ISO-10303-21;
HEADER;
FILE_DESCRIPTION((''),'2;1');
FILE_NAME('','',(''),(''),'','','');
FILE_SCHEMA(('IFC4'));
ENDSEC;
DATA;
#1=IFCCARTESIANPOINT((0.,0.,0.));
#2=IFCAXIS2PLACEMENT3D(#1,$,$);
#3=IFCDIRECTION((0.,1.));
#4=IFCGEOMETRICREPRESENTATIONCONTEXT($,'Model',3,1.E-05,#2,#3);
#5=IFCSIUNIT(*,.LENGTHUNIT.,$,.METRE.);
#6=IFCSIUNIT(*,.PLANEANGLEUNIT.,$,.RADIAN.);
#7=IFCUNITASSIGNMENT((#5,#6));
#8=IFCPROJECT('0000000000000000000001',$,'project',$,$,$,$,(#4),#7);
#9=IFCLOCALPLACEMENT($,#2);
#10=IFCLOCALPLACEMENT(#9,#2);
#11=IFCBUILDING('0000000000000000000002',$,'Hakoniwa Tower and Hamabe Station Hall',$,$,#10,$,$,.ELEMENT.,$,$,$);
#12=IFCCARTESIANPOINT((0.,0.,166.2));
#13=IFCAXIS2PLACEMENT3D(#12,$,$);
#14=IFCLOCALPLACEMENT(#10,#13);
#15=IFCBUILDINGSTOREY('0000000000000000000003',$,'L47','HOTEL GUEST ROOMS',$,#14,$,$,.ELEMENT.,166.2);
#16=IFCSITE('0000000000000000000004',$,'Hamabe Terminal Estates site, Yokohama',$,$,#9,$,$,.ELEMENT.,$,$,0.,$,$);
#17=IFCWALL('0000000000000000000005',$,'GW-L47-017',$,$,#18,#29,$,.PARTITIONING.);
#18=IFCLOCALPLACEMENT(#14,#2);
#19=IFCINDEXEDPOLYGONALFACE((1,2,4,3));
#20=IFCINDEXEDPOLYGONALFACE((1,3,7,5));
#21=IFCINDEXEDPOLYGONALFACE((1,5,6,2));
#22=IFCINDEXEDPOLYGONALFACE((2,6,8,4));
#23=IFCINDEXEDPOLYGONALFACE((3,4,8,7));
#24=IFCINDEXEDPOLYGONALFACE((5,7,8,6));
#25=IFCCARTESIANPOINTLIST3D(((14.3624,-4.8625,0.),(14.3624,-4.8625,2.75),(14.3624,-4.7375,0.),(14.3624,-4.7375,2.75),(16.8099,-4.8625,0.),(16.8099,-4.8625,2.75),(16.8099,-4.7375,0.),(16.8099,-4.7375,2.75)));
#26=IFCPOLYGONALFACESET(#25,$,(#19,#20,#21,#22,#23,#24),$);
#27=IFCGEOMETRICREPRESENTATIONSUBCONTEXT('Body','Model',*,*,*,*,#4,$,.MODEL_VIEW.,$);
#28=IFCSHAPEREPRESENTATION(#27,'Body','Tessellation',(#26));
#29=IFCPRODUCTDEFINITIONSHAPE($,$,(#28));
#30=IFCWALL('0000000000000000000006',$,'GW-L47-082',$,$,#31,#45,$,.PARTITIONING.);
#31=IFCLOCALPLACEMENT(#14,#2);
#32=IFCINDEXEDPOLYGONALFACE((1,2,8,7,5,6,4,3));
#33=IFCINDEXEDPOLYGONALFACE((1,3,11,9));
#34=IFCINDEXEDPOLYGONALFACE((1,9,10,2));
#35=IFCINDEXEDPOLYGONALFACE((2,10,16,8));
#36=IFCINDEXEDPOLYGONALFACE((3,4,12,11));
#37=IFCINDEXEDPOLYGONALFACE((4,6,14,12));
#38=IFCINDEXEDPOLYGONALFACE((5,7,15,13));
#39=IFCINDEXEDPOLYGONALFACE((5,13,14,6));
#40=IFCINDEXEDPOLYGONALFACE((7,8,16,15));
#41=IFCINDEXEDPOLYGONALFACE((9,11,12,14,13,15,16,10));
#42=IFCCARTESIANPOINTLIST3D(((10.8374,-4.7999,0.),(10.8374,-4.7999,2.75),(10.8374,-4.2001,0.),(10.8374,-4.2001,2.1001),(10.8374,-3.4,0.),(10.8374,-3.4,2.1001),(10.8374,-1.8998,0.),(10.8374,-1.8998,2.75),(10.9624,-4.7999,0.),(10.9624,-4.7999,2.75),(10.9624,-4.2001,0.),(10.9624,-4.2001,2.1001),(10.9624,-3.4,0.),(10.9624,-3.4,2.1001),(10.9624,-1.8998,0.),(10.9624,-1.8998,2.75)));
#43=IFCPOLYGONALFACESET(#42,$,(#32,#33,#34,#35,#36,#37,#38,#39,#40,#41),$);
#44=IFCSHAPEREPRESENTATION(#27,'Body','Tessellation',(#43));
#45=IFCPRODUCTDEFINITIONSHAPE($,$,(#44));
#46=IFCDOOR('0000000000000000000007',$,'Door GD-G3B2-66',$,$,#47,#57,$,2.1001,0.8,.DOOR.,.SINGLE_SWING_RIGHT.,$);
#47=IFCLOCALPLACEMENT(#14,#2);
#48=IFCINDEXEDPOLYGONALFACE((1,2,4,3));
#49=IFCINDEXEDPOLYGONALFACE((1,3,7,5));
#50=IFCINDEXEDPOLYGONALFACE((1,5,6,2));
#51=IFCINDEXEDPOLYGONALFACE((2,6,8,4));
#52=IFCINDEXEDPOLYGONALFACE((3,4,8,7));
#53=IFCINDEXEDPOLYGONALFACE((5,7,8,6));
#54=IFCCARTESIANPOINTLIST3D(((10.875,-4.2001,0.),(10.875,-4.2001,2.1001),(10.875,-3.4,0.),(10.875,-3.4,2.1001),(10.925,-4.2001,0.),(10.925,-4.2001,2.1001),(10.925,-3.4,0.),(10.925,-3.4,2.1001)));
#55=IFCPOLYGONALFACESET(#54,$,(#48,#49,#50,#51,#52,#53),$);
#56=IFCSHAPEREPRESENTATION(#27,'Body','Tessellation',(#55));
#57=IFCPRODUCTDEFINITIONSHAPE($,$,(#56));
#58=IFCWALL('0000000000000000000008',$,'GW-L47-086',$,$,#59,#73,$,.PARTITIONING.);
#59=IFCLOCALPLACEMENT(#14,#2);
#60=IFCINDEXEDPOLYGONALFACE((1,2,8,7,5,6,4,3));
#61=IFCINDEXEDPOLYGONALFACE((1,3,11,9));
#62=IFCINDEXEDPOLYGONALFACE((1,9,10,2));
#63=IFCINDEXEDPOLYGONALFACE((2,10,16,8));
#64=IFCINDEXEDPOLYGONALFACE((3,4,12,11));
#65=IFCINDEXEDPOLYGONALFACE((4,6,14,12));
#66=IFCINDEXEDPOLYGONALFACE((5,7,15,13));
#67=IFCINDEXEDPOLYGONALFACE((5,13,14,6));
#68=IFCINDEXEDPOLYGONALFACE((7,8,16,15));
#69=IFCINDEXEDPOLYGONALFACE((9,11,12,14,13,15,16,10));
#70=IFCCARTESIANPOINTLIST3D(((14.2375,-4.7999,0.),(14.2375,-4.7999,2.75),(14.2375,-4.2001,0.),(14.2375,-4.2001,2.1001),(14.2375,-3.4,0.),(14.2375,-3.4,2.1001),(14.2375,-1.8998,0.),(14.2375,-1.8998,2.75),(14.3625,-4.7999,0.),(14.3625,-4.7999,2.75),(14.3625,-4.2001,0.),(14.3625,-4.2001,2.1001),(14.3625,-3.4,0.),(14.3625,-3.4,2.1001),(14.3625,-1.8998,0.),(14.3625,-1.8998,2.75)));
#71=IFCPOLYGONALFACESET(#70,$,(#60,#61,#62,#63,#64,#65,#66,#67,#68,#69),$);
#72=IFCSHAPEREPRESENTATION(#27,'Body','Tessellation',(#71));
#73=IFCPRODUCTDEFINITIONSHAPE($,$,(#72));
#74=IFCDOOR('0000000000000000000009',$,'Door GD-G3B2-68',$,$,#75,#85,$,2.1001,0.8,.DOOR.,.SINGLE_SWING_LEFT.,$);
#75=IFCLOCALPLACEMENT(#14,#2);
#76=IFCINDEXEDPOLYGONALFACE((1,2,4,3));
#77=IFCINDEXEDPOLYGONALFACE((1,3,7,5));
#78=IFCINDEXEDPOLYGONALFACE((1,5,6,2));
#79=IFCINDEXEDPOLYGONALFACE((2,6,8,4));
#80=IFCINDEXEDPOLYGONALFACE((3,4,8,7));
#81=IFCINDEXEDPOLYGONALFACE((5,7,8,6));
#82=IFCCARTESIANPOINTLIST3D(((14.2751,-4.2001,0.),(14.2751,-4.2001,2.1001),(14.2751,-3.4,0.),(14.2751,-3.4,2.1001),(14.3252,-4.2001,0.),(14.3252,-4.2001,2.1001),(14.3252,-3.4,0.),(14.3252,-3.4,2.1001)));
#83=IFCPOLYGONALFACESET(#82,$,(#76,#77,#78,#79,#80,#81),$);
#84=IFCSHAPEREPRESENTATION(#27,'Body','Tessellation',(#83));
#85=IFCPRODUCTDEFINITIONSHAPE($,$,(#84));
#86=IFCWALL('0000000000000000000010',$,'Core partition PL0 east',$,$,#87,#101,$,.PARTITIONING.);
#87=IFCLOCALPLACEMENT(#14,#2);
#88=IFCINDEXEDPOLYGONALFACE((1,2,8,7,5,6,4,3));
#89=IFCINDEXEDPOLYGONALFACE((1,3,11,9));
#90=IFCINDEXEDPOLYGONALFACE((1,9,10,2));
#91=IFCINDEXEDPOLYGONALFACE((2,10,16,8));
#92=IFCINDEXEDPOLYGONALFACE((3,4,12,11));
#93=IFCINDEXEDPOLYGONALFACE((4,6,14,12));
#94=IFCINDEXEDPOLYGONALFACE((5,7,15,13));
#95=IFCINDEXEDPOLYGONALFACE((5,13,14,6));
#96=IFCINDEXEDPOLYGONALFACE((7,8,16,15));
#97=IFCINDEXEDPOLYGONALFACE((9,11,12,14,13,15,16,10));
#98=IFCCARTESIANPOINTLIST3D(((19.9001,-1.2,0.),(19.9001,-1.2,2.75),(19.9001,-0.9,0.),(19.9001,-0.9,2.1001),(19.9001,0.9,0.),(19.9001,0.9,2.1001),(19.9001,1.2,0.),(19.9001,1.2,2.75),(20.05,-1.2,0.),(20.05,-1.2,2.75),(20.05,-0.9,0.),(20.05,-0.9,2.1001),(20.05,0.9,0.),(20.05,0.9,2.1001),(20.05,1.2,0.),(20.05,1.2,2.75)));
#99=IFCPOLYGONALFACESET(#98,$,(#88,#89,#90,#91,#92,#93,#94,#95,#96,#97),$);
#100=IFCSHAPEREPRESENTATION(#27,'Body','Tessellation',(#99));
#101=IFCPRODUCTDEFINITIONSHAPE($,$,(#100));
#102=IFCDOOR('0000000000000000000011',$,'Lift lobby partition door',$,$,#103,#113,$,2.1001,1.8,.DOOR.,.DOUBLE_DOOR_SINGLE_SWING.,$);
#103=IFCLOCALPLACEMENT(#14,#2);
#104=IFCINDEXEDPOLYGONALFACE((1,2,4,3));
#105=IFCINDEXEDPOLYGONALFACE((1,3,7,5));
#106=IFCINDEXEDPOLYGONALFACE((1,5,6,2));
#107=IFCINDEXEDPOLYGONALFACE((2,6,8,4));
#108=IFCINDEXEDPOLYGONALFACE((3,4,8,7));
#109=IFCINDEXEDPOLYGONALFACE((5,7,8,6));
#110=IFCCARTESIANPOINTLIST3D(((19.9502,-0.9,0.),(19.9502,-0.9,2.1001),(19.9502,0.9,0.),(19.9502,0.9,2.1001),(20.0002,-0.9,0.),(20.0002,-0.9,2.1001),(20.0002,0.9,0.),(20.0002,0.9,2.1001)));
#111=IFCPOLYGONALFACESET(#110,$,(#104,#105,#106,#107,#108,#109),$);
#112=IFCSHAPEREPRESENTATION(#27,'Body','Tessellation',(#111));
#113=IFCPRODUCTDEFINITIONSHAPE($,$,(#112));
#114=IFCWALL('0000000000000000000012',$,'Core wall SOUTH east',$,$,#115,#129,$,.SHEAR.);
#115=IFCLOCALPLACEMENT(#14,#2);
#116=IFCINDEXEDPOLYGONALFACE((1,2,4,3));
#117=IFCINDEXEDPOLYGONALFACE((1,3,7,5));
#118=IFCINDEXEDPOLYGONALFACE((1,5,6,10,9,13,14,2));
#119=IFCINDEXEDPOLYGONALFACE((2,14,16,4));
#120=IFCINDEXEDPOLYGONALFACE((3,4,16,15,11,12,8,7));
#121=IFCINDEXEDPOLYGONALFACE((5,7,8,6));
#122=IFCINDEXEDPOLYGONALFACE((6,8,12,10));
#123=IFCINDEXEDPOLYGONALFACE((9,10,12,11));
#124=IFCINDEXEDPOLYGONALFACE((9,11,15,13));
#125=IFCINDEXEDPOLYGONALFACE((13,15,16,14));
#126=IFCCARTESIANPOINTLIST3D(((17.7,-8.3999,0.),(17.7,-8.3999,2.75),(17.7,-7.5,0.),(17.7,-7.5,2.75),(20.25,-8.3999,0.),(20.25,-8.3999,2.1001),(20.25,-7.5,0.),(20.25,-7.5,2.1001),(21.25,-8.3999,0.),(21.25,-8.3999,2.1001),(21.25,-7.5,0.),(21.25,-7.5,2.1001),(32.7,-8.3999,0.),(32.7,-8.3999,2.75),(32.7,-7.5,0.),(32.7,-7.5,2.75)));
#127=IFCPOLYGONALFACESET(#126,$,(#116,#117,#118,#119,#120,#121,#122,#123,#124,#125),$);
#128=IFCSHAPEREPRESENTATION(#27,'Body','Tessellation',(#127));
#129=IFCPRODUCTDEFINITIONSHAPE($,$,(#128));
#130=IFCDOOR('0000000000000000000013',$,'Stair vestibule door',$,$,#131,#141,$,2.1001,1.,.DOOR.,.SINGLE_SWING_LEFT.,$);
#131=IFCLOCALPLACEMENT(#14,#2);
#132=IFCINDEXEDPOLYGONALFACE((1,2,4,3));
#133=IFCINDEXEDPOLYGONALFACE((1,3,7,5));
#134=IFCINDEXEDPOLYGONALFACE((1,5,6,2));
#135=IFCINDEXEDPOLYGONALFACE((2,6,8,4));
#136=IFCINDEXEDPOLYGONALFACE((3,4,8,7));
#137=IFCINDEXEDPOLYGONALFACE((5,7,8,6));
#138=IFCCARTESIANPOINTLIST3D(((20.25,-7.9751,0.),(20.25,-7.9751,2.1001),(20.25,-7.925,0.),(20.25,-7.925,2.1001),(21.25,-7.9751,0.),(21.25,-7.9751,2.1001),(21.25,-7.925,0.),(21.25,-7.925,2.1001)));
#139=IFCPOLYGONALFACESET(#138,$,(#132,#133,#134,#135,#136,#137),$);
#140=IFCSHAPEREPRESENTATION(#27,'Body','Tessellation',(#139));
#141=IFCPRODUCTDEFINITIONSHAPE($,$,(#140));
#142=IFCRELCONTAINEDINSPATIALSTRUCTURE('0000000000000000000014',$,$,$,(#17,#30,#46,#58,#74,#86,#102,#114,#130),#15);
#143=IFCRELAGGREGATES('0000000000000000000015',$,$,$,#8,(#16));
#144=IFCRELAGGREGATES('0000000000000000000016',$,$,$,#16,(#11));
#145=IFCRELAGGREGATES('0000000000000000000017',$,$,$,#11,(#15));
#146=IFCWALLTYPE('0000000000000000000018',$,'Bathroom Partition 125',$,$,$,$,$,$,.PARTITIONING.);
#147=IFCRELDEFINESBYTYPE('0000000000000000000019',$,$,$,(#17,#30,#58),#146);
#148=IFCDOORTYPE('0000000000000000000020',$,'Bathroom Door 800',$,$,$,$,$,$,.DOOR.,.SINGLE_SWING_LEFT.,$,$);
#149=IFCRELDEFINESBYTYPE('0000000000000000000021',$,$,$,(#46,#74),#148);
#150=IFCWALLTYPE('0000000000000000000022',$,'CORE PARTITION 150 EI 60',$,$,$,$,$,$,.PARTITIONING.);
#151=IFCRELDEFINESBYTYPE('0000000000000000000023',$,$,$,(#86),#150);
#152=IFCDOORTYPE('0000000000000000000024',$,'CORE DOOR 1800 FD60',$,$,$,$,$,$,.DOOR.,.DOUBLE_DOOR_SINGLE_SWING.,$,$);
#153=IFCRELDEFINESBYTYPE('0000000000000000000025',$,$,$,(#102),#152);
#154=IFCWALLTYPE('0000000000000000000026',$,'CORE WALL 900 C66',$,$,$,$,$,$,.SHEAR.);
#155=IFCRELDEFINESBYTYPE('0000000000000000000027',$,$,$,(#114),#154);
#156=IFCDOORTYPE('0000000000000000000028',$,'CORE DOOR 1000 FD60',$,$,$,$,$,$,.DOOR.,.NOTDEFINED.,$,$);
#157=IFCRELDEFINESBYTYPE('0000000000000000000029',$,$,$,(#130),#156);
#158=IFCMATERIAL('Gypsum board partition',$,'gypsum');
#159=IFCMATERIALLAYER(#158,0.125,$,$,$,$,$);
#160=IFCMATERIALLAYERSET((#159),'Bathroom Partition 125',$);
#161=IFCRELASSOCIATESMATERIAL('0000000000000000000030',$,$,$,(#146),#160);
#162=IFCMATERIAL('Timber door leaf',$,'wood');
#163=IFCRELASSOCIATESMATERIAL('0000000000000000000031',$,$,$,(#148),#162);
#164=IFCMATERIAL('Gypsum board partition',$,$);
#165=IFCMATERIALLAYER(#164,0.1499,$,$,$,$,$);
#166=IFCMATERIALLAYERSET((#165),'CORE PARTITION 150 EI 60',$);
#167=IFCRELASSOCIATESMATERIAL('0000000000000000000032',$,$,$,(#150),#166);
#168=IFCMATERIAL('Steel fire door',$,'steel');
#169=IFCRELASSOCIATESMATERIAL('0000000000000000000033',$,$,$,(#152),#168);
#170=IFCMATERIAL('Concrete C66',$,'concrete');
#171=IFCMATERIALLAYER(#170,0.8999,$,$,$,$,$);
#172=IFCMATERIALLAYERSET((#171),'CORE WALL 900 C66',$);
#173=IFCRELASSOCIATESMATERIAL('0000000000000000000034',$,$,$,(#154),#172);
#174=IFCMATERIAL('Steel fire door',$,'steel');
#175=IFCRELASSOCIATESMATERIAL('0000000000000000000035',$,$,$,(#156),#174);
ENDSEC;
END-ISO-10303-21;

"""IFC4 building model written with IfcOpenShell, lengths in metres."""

from ifc_helpers import new_model, si_unit, direction, frame, frame_2d, origin, place, context, subcontext, project, spatial, rectangle, extrude, material, layer, layer_set, type_object, element, fill, save


model = new_model("IFC4")

# Units and contexts
model_context = context("Model", 3, precision=1e-05, world=origin(), true_north=direction((0.0, 1.0)))
body_context = subcontext(model_context, "Body", "Model", "MODEL_VIEW")
ifc_project = project(units=[si_unit("LENGTHUNIT", "METRE"), si_unit("PLANEANGLEUNIT", "RADIAN")], contexts=[model_context])

# Site, building, storey
site_placement = place(None, origin())
site = spatial("IfcSite", under=ifc_project, at=site_placement, Name="Hamabe Terminal Estates site, Yokohama", CompositionType="ELEMENT", RefElevation=0.0)
building_placement = place(site_placement, origin())
building = spatial("IfcBuilding", under=site, at=building_placement, Name="Hakoniwa Tower and Hamabe Station Hall", CompositionType="ELEMENT")
storey_placement = place(building_placement, frame((0.0, 0.0, 166.2)))
storey = spatial("IfcBuildingStorey", under=building, at=storey_placement, Name="L47", Description="HOTEL GUEST ROOMS", CompositionType="ELEMENT", Elevation=166.2)

# Wall
ifc_material_1 = material(Name="Gypsum board partition", Category="gypsum")
ifc_layer_1 = layer(ifc_material_1, 0.125)
ifc_layer_set_1 = layer_set([ifc_layer_1], Name="Bathroom Partition 125")
wall_type_1 = type_object("IfcWallType", Name="Bathroom Partition 125", PredefinedType="PARTITIONING", material=ifc_layer_set_1)
wall_1_placement = place(storey_placement, frame((14.3625, -4.8, 0.0), z_axis=(0.0, 0.0, 1.0), x_axis=(1.0, 0.0, 0.0)))
element("IfcWall", 1, at=wall_1_placement, inside=storey, type_object=wall_type_1, Name="GW-L47-017", PredefinedType="PARTITIONING", context=body_context, shape_type="SweptSolid", body=[
    extrude(rectangle(XDim=2.4475, YDim=0.125, at=frame_2d((1.2236, 0.0))), origin(), (0.0, 0.0, 1.0), 2.75),
])

# Walls, openings, doors
wall_2_placement = place(storey_placement, frame((10.8999, -4.8, 0.0), z_axis=(0.0, 0.0, 1.0), x_axis=(0.0, 1.0, 0.0)))
wall_2 = element("IfcWall", 2, at=wall_2_placement, inside=storey, type_object=wall_type_1, Name="GW-L47-082", PredefinedType="PARTITIONING", context=body_context, shape_type="SweptSolid", body=[
    extrude(rectangle(XDim=2.9001, YDim=0.125, at=frame_2d((1.4502, 0.0))), origin(), (0.0, 0.0, 1.0), 2.75),
])
opening_1_placement = place(wall_2_placement, frame((0.6001, 0.0, 0.0)))
opening_1 = element("IfcOpeningElement", 3, at=opening_1_placement, cuts=wall_2, PredefinedType="OPENING", context=body_context, shape_type="SweptSolid", body=[
    extrude(rectangle(XDim=0.8, YDim=2.1001, at=frame_2d((0.3999, 1.05))), frame((0.0, 0.0725, 0.0), z_axis=(0.0, -1.0, 0.0), x_axis=(1.0, 0.0, 0.0)), (0.0, 0.0, 1.0), 0.145),
])
ifc_material_2 = material(Name="Timber door leaf", Category="wood")
door_type_1 = type_object("IfcDoorType", Name="Bathroom Door 800", OperationType="SINGLE_SWING_LEFT", PredefinedType="DOOR", material=ifc_material_2)
door_1_placement = place(opening_1_placement, origin())
door_1 = element("IfcDoor", 4, at=door_1_placement, inside=storey, type_object=door_type_1, Name="Door GD-G3B2-66", OperationType="SINGLE_SWING_RIGHT", OverallHeight=2.1001, OverallWidth=0.8, PredefinedType="DOOR", context=body_context, shape_type="SweptSolid", body=[
    extrude(rectangle(XDim=0.8, YDim=2.1001, at=frame_2d((0.3999, 1.05))), frame((0.0, 0.0249, 0.0), z_axis=(0.0, -1.0, 0.0), x_axis=(1.0, 0.0, 0.0)), (0.0, 0.0, 1.0), 0.05),
])
fill(opening_1, door_1)
wall_3_placement = place(storey_placement, frame((14.3, -4.8, 0.0), z_axis=(0.0, 0.0, 1.0), x_axis=(0.0, 1.0, 0.0)))
wall_3 = element("IfcWall", 5, at=wall_3_placement, inside=storey, type_object=wall_type_1, Name="GW-L47-086", PredefinedType="PARTITIONING", context=body_context, shape_type="SweptSolid", body=[
    extrude(rectangle(XDim=2.9001, YDim=0.125, at=frame_2d((1.4502, 0.0))), origin(), (0.0, 0.0, 1.0), 2.75),
])
opening_2_placement = place(wall_3_placement, frame((0.6001, 0.0, 0.0)))
opening_2 = element("IfcOpeningElement", 6, at=opening_2_placement, cuts=wall_3, PredefinedType="OPENING", context=body_context, shape_type="SweptSolid", body=[
    extrude(rectangle(XDim=0.8, YDim=2.1001, at=frame_2d((0.3999, 1.05))), frame((0.0, 0.0725, 0.0), z_axis=(0.0, -1.0, 0.0), x_axis=(1.0, 0.0, 0.0)), (0.0, 0.0, 1.0), 0.145),
])
door_2_placement = place(opening_2_placement, origin())
door_2 = element("IfcDoor", 7, at=door_2_placement, inside=storey, type_object=door_type_1, Name="Door GD-G3B2-68", OperationType="SINGLE_SWING_LEFT", OverallHeight=2.1001, OverallWidth=0.8, PredefinedType="DOOR", context=body_context, shape_type="SweptSolid", body=[
    extrude(rectangle(XDim=0.8, YDim=2.1001, at=frame_2d((0.3999, 1.05))), frame((0.0, 0.0249, 0.0), z_axis=(0.0, -1.0, 0.0), x_axis=(1.0, 0.0, 0.0)), (0.0, 0.0, 1.0), 0.05),
])
fill(opening_2, door_2)
ifc_material_3 = material(Name="Gypsum board partition")
ifc_layer_2 = layer(ifc_material_3, 0.1499)
ifc_layer_set_2 = layer_set([ifc_layer_2], Name="CORE PARTITION 150 EI 60")
wall_type_2 = type_object("IfcWallType", Name="CORE PARTITION 150 EI 60", PredefinedType="PARTITIONING", material=ifc_layer_set_2)
wall_4_placement = place(storey_placement, frame((19.9751, -1.2, 0.0), z_axis=(0.0, 0.0, 1.0), x_axis=(0.0, 1.0, 0.0)))
wall_4 = element("IfcWall", 8, at=wall_4_placement, inside=storey, type_object=wall_type_2, Name="Core partition PL0 east", PredefinedType="PARTITIONING", context=body_context, shape_type="SweptSolid", body=[
    extrude(rectangle(XDim=2.3999, YDim=0.1499, at=frame_2d((1.2, 0.0))), origin(), (0.0, 0.0, 1.0), 2.75),
])
opening_3_placement = place(wall_4_placement, frame((0.3, 0.0, 0.0)))
opening_3 = element("IfcOpeningElement", 9, at=opening_3_placement, cuts=wall_4, PredefinedType="OPENING", context=body_context, shape_type="SweptSolid", body=[
    extrude(rectangle(XDim=1.8, YDim=2.1001, at=frame_2d((0.8999, 1.05))), frame((0.0, 0.085, 0.0), z_axis=(0.0, -1.0, 0.0), x_axis=(1.0, 0.0, 0.0)), (0.0, 0.0, 1.0), 0.1699),
])
ifc_material_4 = material(Name="Steel fire door", Category="steel")
door_type_2 = type_object("IfcDoorType", Name="CORE DOOR 1800 FD60", OperationType="DOUBLE_DOOR_SINGLE_SWING", PredefinedType="DOOR", material=ifc_material_4)
door_3_placement = place(opening_3_placement, origin())
door_3 = element("IfcDoor", 10, at=door_3_placement, inside=storey, type_object=door_type_2, Name="Lift lobby partition door", OperationType="DOUBLE_DOOR_SINGLE_SWING", OverallHeight=2.1001, OverallWidth=1.8, PredefinedType="DOOR", context=body_context, shape_type="SweptSolid", body=[
    extrude(rectangle(XDim=1.8, YDim=2.1001, at=frame_2d((0.8999, 1.05))), frame((0.0, 0.0249, 0.0), z_axis=(0.0, -1.0, 0.0), x_axis=(1.0, 0.0, 0.0)), (0.0, 0.0, 1.0), 0.05),
])
fill(opening_3, door_3)
ifc_material_5 = material(Name="Concrete C66", Category="concrete")
ifc_layer_3 = layer(ifc_material_5, 0.8999)
ifc_layer_set_3 = layer_set([ifc_layer_3], Name="CORE WALL 900 C66")
wall_type_3 = type_object("IfcWallType", Name="CORE WALL 900 C66", PredefinedType="SHEAR", material=ifc_layer_set_3)
wall_5_placement = place(storey_placement, frame((17.7, -7.95, 0.0), z_axis=(0.0, 0.0, 1.0), x_axis=(1.0, 0.0, 0.0)))
wall_5 = element("IfcWall", 11, at=wall_5_placement, inside=storey, type_object=wall_type_3, Name="Core wall SOUTH east", PredefinedType="SHEAR", context=body_context, shape_type="SweptSolid", body=[
    extrude(rectangle(XDim=15.0, YDim=0.8999, at=frame_2d((7.5, 0.0))), origin(), (0.0, 0.0, 1.0), 2.75),
])
opening_4_placement = place(wall_5_placement, frame((2.55, 0.0, 0.0)))
opening_4 = element("IfcOpeningElement", 12, at=opening_4_placement, cuts=wall_5, PredefinedType="OPENING", context=body_context, shape_type="SweptSolid", body=[
    extrude(rectangle(XDim=1.0, YDim=2.1001, at=frame_2d((0.5, 1.05))), frame((0.0, 0.46, 0.0), z_axis=(0.0, -1.0, 0.0), x_axis=(1.0, 0.0, 0.0)), (0.0, 0.0, 1.0), 0.9199),
])
ifc_material_6 = material(Name="Steel fire door", Category="steel")
door_type_3 = type_object("IfcDoorType", Name="CORE DOOR 1000 FD60", OperationType="NOTDEFINED", PredefinedType="DOOR", material=ifc_material_6)
door_4_placement = place(opening_4_placement, origin())
door_4 = element("IfcDoor", 13, at=door_4_placement, inside=storey, type_object=door_type_3, Name="Stair vestibule door", OperationType="SINGLE_SWING_LEFT", OverallHeight=2.1001, OverallWidth=1.0, PredefinedType="DOOR", context=body_context, shape_type="SweptSolid", body=[
    extrude(rectangle(XDim=1.0, YDim=2.1001, at=frame_2d((0.5, 1.05))), frame((0.0, 0.0249, 0.0), z_axis=(0.0, -1.0, 0.0), x_axis=(1.0, 0.0, 0.0)), (0.0, 0.0, 1.0), 0.05),
])
fill(opening_4, door_4)

save(model, "model.ifc")
